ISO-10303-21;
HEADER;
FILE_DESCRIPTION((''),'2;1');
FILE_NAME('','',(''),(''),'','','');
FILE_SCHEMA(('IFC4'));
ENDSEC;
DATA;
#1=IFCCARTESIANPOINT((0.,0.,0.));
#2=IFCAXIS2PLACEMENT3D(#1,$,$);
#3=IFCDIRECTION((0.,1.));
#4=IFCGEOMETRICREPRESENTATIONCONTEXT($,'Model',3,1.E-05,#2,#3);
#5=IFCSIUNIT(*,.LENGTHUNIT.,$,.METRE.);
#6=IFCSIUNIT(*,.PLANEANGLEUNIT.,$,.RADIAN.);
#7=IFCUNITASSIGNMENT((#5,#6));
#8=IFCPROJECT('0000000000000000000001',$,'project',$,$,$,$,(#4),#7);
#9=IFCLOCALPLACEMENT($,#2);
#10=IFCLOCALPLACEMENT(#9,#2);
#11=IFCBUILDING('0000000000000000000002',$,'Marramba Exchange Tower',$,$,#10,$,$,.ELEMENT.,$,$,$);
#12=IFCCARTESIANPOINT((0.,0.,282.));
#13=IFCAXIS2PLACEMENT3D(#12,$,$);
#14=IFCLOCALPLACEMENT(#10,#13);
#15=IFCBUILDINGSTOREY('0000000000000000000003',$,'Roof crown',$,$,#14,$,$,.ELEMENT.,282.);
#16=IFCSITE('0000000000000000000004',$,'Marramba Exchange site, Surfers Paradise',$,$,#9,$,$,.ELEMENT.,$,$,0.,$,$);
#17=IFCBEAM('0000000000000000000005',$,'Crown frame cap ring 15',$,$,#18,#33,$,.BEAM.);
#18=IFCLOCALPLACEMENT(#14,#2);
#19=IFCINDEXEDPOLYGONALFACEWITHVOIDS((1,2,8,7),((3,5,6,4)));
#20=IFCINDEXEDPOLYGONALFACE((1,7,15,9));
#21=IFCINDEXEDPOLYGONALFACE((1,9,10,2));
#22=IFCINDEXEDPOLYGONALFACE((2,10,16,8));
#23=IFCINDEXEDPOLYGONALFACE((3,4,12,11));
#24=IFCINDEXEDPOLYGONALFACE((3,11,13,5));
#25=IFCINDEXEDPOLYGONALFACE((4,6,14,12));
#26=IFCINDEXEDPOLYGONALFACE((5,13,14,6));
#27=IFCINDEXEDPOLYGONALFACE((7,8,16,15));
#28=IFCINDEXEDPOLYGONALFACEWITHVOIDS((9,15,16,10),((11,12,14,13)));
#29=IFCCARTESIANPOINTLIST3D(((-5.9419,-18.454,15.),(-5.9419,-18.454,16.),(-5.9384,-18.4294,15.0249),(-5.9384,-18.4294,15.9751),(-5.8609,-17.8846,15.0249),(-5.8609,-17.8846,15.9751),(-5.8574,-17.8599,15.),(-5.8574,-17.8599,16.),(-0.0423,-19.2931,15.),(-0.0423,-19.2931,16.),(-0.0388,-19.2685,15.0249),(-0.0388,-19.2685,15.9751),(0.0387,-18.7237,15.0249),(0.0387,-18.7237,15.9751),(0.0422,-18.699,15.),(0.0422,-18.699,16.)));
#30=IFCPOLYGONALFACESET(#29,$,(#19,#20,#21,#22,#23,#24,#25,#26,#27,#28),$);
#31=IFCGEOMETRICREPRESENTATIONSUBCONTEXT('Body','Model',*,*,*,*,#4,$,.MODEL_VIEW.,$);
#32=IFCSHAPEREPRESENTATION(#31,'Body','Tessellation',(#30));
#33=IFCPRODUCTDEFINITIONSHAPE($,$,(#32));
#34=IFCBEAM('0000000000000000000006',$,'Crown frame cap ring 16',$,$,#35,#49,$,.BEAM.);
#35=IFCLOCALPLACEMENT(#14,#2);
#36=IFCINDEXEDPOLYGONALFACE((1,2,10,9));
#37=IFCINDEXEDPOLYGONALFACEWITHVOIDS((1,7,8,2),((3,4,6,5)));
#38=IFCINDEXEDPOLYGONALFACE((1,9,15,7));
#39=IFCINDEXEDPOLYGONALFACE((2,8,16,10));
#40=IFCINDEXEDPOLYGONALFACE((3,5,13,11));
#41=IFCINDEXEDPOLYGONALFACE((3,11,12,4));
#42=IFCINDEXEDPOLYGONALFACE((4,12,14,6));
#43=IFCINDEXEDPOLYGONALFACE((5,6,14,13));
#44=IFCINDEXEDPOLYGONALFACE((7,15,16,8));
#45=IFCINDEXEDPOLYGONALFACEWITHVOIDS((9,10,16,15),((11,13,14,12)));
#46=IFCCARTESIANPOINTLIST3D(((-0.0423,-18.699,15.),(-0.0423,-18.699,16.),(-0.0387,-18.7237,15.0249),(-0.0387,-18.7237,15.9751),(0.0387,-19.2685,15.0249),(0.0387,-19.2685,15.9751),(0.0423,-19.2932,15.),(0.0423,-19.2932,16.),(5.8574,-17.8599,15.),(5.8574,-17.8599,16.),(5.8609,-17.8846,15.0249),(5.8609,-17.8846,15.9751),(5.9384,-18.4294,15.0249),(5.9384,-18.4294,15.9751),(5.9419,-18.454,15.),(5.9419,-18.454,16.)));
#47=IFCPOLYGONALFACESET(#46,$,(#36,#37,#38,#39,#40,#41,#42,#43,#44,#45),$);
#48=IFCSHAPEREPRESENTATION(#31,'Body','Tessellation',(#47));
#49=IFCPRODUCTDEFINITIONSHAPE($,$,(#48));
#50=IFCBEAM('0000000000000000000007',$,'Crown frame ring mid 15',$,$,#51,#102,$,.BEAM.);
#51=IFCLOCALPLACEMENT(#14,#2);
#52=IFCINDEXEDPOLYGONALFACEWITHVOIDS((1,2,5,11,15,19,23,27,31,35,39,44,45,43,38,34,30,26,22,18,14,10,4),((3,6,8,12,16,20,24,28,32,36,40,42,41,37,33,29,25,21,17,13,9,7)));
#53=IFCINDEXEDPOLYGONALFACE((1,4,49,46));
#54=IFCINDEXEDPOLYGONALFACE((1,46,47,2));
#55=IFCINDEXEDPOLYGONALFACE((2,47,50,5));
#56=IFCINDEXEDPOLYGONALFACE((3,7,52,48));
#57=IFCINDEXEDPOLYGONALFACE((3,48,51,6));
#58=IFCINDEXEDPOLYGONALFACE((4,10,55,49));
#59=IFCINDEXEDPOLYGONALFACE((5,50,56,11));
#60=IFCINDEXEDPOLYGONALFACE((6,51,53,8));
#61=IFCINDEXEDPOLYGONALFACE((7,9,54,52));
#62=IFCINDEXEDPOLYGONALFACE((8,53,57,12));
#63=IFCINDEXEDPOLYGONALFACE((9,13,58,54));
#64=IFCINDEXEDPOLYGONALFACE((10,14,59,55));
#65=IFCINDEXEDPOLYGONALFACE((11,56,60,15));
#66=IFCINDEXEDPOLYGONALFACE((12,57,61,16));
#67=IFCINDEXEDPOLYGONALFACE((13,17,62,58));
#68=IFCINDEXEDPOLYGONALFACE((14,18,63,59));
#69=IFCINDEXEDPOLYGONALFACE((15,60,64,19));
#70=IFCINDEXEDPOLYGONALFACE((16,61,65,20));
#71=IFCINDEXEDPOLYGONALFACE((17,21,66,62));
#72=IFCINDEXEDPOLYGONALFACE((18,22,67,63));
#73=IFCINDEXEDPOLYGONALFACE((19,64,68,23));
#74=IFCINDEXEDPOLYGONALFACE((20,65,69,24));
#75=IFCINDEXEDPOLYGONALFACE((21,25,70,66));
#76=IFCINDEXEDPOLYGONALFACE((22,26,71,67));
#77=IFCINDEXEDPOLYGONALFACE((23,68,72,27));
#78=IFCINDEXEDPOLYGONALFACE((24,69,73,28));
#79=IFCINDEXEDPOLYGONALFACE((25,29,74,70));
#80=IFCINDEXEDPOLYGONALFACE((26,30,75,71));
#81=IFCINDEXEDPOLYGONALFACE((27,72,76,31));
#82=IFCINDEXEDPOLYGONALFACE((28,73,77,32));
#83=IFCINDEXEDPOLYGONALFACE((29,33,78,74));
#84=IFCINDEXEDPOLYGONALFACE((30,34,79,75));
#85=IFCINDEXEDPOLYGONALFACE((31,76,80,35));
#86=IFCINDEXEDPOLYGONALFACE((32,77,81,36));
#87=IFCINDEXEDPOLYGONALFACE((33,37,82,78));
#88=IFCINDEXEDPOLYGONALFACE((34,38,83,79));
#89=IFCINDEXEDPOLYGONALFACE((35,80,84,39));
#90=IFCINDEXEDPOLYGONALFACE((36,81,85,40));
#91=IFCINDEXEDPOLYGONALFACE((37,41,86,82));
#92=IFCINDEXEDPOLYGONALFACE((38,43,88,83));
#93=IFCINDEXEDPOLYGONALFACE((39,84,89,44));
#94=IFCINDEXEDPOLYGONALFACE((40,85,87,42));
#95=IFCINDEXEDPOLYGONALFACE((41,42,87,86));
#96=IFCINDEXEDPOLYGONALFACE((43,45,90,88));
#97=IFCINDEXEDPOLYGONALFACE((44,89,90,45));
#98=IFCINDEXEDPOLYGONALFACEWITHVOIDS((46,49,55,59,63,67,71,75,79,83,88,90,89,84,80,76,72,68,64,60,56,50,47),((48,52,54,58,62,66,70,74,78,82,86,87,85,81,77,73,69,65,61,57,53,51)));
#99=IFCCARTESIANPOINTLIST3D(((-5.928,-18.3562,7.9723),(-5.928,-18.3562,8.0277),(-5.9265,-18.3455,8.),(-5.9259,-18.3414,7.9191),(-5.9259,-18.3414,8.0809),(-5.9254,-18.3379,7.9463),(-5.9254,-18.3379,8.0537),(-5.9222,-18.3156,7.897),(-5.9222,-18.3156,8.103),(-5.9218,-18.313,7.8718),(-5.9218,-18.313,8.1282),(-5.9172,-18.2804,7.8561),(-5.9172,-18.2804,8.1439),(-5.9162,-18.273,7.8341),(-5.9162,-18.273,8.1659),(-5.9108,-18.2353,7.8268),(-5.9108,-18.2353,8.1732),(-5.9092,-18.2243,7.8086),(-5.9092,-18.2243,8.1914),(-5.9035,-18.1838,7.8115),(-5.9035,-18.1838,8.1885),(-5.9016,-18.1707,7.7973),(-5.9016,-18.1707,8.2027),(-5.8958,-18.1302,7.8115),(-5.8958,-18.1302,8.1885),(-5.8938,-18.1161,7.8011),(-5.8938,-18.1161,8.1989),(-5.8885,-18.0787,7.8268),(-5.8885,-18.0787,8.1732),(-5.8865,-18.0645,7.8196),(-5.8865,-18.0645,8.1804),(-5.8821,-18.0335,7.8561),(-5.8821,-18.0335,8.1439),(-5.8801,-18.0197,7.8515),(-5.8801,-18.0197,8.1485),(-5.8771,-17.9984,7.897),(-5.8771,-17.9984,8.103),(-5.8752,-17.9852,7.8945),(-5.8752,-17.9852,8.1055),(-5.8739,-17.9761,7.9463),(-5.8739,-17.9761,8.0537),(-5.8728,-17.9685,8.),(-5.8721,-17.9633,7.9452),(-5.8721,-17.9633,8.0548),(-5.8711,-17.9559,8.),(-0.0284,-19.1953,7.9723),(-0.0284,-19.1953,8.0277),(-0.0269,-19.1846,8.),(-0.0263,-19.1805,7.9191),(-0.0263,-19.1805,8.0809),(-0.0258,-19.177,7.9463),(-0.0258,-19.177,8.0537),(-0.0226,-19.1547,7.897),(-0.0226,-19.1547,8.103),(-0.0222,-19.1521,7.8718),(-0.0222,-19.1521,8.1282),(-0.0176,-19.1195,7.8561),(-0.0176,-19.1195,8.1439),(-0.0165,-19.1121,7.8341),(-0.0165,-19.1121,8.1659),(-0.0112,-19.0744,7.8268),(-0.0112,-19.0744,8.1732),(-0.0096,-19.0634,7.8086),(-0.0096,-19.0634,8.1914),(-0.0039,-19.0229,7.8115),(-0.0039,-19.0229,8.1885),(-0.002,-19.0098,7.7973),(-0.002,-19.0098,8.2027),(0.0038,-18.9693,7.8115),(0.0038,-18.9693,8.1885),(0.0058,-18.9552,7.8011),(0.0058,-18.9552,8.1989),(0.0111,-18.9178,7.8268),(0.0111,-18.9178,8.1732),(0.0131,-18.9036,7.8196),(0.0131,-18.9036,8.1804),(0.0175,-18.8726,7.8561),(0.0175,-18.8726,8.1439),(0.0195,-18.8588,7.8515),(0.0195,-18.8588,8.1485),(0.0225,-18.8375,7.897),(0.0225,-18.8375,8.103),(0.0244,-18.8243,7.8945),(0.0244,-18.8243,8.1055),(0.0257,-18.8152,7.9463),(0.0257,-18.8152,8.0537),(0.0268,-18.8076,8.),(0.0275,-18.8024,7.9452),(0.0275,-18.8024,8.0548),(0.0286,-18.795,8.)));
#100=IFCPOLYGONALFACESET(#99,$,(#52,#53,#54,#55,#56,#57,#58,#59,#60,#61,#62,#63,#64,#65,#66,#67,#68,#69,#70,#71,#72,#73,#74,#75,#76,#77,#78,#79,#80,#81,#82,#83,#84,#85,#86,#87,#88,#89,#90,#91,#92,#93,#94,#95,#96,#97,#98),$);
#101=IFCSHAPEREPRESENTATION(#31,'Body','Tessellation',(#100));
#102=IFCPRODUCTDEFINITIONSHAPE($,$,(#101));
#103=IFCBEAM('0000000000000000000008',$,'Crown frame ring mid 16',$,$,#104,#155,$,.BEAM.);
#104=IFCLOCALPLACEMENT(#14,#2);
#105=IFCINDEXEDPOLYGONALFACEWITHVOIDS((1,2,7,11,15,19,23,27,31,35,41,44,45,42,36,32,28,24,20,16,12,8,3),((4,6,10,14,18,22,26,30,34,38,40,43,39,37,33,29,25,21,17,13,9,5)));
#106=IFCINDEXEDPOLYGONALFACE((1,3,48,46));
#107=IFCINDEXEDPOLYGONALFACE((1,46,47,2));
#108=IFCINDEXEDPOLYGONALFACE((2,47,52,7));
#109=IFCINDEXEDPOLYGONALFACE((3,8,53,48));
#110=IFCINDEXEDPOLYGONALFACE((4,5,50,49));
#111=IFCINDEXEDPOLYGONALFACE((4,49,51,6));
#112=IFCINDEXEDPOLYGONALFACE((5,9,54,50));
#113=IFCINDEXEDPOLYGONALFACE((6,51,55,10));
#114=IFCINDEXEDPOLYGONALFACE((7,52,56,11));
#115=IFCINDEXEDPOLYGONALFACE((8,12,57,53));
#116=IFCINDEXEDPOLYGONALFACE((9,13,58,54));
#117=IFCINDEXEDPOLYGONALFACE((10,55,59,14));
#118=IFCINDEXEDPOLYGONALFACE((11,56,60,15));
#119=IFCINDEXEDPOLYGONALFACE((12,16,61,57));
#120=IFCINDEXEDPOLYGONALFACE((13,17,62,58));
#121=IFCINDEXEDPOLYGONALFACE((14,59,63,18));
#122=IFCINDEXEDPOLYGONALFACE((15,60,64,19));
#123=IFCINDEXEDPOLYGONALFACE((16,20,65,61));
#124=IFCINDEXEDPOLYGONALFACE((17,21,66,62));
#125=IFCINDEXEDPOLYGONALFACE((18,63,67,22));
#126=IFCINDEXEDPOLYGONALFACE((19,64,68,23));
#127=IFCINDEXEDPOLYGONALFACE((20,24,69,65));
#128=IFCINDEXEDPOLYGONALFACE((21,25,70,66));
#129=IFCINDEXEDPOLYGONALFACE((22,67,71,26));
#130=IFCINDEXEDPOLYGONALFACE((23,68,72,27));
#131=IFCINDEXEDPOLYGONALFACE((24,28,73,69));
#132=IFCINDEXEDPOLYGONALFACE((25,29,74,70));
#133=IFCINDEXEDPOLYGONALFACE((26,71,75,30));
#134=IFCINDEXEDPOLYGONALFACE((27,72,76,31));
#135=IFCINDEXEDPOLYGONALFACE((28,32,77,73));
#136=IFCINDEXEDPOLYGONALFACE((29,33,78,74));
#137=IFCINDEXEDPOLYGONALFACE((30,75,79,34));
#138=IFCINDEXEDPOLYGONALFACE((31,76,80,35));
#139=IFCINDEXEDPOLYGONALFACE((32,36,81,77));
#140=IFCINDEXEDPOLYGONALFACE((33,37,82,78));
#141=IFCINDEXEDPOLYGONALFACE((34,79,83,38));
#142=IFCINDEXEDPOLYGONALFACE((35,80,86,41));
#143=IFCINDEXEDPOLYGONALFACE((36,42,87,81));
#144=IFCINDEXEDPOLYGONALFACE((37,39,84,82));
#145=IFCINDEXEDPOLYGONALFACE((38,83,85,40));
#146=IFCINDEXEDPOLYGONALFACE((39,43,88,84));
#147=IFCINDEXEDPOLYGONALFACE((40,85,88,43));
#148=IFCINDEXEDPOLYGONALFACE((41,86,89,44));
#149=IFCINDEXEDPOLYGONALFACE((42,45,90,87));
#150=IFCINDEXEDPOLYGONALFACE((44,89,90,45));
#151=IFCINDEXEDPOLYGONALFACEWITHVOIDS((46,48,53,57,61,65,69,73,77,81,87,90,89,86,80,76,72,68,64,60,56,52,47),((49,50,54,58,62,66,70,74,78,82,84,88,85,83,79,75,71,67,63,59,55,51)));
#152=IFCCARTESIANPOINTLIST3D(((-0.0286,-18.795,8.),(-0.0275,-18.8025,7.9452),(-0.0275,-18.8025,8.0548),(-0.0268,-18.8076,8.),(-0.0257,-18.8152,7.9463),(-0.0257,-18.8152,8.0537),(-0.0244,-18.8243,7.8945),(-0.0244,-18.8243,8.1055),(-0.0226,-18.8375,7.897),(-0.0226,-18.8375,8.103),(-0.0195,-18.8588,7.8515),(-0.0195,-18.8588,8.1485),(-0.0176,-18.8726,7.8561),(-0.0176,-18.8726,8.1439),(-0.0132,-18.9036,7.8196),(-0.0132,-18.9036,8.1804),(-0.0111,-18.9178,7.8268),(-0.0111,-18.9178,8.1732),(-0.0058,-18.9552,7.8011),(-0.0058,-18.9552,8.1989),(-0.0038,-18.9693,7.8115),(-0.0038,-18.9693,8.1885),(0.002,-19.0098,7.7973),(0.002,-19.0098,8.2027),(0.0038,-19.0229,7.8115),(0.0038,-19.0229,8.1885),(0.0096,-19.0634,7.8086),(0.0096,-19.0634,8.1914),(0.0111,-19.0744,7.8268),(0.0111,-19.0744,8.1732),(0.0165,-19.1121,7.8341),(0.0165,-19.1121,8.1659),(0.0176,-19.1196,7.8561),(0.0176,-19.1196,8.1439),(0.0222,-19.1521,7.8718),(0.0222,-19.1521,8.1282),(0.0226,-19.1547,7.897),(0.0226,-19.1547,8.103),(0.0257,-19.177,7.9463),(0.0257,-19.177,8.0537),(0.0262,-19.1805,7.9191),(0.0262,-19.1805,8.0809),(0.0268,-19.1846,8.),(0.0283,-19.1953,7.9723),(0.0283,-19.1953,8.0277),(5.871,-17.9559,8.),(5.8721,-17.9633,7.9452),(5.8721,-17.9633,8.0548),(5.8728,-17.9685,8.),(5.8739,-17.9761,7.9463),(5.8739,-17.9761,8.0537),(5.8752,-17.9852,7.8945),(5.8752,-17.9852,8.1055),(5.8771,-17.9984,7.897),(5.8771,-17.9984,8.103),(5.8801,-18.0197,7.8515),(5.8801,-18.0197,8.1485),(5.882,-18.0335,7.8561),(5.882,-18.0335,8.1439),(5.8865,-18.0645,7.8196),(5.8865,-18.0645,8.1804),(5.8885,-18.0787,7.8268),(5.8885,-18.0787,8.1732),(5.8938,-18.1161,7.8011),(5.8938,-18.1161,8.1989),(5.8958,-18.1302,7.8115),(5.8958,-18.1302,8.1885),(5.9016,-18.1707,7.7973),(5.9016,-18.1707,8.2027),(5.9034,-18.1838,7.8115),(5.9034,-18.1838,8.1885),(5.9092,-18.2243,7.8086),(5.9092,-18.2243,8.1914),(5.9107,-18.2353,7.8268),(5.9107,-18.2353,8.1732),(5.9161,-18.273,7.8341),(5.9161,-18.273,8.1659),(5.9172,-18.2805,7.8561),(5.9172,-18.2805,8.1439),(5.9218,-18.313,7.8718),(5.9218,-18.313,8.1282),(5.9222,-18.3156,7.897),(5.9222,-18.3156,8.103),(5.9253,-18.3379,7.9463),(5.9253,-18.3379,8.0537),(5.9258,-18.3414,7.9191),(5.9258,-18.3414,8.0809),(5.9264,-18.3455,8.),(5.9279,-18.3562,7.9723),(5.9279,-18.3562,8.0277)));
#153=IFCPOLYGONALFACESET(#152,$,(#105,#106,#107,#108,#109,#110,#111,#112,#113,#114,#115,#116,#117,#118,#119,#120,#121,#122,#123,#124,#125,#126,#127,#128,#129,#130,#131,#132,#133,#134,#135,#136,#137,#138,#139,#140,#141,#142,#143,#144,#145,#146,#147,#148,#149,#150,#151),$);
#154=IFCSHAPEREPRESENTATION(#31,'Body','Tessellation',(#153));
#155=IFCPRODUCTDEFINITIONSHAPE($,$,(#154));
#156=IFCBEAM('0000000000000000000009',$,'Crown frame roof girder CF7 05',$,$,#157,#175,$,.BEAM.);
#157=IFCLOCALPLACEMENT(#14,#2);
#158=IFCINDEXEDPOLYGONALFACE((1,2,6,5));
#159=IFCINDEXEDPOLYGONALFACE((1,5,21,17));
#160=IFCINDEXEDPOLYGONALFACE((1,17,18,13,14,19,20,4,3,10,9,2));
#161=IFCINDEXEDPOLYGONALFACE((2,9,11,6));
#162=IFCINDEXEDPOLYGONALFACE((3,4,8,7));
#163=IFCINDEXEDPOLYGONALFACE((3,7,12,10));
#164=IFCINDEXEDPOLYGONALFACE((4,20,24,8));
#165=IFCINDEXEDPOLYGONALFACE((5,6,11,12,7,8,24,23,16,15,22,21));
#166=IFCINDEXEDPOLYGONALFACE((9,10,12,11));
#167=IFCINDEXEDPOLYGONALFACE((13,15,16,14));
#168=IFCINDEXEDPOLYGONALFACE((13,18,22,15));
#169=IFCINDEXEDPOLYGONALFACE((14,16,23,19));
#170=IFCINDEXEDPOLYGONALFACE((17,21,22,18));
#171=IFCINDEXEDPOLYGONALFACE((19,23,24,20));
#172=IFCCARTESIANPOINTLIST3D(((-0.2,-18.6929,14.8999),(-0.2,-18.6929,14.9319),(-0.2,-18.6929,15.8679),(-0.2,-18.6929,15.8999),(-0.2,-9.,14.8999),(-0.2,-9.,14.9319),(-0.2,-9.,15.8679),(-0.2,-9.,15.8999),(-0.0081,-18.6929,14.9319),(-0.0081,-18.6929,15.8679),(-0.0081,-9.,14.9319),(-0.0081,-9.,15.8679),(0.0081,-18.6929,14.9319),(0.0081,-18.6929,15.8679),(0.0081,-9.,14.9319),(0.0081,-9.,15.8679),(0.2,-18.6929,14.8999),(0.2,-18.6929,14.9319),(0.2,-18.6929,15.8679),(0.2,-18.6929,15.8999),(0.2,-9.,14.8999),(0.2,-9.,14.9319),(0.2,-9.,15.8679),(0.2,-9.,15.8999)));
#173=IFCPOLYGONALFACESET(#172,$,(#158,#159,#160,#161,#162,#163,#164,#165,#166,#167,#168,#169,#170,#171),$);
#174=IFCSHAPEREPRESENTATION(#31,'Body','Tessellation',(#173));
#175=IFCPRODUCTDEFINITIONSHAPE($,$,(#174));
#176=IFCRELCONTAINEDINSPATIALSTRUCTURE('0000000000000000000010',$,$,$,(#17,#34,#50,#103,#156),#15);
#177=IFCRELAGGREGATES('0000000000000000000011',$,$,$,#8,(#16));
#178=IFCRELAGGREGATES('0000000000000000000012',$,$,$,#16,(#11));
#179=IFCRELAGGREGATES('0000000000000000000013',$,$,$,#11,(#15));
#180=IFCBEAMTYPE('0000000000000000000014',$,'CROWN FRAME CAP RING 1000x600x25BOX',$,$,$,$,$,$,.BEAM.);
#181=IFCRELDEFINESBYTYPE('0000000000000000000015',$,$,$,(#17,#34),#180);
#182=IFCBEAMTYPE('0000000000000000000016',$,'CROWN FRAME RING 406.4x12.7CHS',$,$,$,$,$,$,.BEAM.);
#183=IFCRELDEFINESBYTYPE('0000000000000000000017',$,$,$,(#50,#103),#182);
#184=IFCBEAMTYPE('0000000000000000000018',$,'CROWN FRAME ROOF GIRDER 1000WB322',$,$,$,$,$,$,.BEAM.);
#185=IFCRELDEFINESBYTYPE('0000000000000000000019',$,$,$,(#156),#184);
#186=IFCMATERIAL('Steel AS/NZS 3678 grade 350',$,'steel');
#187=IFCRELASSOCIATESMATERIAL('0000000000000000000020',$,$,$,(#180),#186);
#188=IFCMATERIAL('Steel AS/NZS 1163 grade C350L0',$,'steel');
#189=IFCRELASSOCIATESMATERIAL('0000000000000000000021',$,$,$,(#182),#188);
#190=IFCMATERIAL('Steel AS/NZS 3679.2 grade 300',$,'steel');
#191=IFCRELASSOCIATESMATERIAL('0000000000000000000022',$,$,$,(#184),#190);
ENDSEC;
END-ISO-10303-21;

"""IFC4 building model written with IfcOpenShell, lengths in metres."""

from ifc_helpers import new_model, si_unit, direction, frame, origin, origin_2d, place, context, subcontext, project, spatial, hollow_rectangle, hollow_circle, i_section, extrude, material, material_profile, profile_set, type_object, element, save


model = new_model("IFC4")

# Units and contexts
model_context = context("Model", 3, precision=1e-05, world=origin(), true_north=direction((0.0, 1.0)))
body_context = subcontext(model_context, "Body", "Model", "MODEL_VIEW")
ifc_project = project(units=[si_unit("LENGTHUNIT", "METRE"), si_unit("PLANEANGLEUNIT", "RADIAN")], contexts=[model_context])

# Site, building, storey
site_placement = place(None, origin())
site = spatial("IfcSite", under=ifc_project, at=site_placement, Name="Marramba Exchange site, Surfers Paradise", CompositionType="ELEMENT", RefElevation=0.0)
building_placement = place(site_placement, origin())
building = spatial("IfcBuilding", under=site, at=building_placement, Name="Marramba Exchange Tower", CompositionType="ELEMENT")
storey_placement = place(building_placement, frame((0.0, 0.0, 282.0)))
storey = spatial("IfcBuildingStorey", under=building, at=storey_placement, Name="Roof crown", CompositionType="ELEMENT", Elevation=282.0)

# Beams
ifc_material_1 = material(Name="Steel AS/NZS 3678 grade 350", Category="steel")
ifc_material_profile_1 = material_profile(ifc_material_1, hollow_rectangle(XDim=0.6001, YDim=1.0, WallThickness=0.0249, at=origin_2d()), Name="1000x600x25BOX")
ifc_profile_set_1 = profile_set([ifc_material_profile_1], Name="Steel AS/NZS 3678 grade 350")
beam_type_1 = type_object("IfcBeamType", Name="CROWN FRAME CAP RING 1000x600x25BOX", PredefinedType="BEAM", material=ifc_profile_set_1)
for number, where, z_axis, x_axis, name in (
    (1, (-5.8997, -18.157, 15.5), (0.990036, -0.140813, 0.0), (0.140813, 0.990036, 0.0), "Crown frame cap ring 15"),
    (2, (0.0, -18.9961, 15.5), (0.990036, 0.140813, 0.0), (-0.140813, 0.990036, 0.0), "Crown frame cap ring 16"),
):
    element("IfcBeam", number, at=place(storey_placement, frame(where, z_axis=z_axis, x_axis=x_axis)), inside=storey, type_object=beam_type_1, Name=name, PredefinedType="BEAM", context=body_context, shape_type="SweptSolid", body=[
        extrude(hollow_rectangle(XDim=0.6001, YDim=1.0, WallThickness=0.0249, at=origin_2d()), origin(), (0.0, 0.0, 1.0), 5.959),
    ])
ifc_material_2 = material(Name="Steel AS/NZS 1163 grade C350L0", Category="steel")
ifc_material_profile_2 = material_profile(ifc_material_2, hollow_circle(Radius=0.2031, WallThickness=0.0127, at=origin_2d()), Name="406.4x12.7CHS")
ifc_profile_set_2 = profile_set([ifc_material_profile_2], Name="Steel AS/NZS 1163 grade C350L0")
beam_type_2 = type_object("IfcBeamType", Name="CROWN FRAME RING 406.4x12.7CHS", PredefinedType="BEAM", material=ifc_profile_set_2)
for number, where, z_axis, x_axis, name in (
    (3, (-5.8997, -18.157, 8.0), (0.990036, -0.140813, 0.0), (0.140813, 0.990036, 0.0), "Crown frame ring mid 15"),
    (4, (0.0, -18.9961, 8.0), (0.990036, 0.140813, 0.0), (-0.140813, 0.990036, 0.0), "Crown frame ring mid 16"),
):
    element("IfcBeam", number, at=place(storey_placement, frame(where, z_axis=z_axis, x_axis=x_axis)), inside=storey, type_object=beam_type_2, Name=name, PredefinedType="BEAM", context=body_context, shape_type="SweptSolid", body=[
        extrude(hollow_circle(Radius=0.2031, WallThickness=0.0127, at=origin_2d()), origin(), (0.0, 0.0, 1.0), 5.959),
    ])
ifc_material_3 = material(Name="Steel AS/NZS 3679.2 grade 300", Category="steel")
ifc_material_profile_3 = material_profile(ifc_material_3, i_section(OverallWidth=0.3999, OverallDepth=1.0, WebThickness=0.0161, FlangeThickness=0.032, at=origin_2d()), Name="1000WB322")
ifc_profile_set_3 = profile_set([ifc_material_profile_3], Name="Steel AS/NZS 3679.2 grade 300")
beam_type_3 = type_object("IfcBeamType", Name="CROWN FRAME ROOF GIRDER 1000WB322", PredefinedType="BEAM", material=ifc_profile_set_3)
beam_placement = place(storey_placement, frame((0.0, -18.6929, 15.3999), z_axis=(0.0, 1.0, 0.0), x_axis=(-1.0, 0.0, 0.0)))
element("IfcBeam", 5, at=beam_placement, inside=storey, type_object=beam_type_3, Name="Crown frame roof girder CF7 05", PredefinedType="BEAM", context=body_context, shape_type="SweptSolid", body=[
    extrude(i_section(OverallWidth=0.3999, OverallDepth=1.0, WebThickness=0.0161, FlangeThickness=0.032, at=origin_2d()), origin(), (0.0, 0.0, 1.0), 9.6929),
])

save(model, "model.ifc")
